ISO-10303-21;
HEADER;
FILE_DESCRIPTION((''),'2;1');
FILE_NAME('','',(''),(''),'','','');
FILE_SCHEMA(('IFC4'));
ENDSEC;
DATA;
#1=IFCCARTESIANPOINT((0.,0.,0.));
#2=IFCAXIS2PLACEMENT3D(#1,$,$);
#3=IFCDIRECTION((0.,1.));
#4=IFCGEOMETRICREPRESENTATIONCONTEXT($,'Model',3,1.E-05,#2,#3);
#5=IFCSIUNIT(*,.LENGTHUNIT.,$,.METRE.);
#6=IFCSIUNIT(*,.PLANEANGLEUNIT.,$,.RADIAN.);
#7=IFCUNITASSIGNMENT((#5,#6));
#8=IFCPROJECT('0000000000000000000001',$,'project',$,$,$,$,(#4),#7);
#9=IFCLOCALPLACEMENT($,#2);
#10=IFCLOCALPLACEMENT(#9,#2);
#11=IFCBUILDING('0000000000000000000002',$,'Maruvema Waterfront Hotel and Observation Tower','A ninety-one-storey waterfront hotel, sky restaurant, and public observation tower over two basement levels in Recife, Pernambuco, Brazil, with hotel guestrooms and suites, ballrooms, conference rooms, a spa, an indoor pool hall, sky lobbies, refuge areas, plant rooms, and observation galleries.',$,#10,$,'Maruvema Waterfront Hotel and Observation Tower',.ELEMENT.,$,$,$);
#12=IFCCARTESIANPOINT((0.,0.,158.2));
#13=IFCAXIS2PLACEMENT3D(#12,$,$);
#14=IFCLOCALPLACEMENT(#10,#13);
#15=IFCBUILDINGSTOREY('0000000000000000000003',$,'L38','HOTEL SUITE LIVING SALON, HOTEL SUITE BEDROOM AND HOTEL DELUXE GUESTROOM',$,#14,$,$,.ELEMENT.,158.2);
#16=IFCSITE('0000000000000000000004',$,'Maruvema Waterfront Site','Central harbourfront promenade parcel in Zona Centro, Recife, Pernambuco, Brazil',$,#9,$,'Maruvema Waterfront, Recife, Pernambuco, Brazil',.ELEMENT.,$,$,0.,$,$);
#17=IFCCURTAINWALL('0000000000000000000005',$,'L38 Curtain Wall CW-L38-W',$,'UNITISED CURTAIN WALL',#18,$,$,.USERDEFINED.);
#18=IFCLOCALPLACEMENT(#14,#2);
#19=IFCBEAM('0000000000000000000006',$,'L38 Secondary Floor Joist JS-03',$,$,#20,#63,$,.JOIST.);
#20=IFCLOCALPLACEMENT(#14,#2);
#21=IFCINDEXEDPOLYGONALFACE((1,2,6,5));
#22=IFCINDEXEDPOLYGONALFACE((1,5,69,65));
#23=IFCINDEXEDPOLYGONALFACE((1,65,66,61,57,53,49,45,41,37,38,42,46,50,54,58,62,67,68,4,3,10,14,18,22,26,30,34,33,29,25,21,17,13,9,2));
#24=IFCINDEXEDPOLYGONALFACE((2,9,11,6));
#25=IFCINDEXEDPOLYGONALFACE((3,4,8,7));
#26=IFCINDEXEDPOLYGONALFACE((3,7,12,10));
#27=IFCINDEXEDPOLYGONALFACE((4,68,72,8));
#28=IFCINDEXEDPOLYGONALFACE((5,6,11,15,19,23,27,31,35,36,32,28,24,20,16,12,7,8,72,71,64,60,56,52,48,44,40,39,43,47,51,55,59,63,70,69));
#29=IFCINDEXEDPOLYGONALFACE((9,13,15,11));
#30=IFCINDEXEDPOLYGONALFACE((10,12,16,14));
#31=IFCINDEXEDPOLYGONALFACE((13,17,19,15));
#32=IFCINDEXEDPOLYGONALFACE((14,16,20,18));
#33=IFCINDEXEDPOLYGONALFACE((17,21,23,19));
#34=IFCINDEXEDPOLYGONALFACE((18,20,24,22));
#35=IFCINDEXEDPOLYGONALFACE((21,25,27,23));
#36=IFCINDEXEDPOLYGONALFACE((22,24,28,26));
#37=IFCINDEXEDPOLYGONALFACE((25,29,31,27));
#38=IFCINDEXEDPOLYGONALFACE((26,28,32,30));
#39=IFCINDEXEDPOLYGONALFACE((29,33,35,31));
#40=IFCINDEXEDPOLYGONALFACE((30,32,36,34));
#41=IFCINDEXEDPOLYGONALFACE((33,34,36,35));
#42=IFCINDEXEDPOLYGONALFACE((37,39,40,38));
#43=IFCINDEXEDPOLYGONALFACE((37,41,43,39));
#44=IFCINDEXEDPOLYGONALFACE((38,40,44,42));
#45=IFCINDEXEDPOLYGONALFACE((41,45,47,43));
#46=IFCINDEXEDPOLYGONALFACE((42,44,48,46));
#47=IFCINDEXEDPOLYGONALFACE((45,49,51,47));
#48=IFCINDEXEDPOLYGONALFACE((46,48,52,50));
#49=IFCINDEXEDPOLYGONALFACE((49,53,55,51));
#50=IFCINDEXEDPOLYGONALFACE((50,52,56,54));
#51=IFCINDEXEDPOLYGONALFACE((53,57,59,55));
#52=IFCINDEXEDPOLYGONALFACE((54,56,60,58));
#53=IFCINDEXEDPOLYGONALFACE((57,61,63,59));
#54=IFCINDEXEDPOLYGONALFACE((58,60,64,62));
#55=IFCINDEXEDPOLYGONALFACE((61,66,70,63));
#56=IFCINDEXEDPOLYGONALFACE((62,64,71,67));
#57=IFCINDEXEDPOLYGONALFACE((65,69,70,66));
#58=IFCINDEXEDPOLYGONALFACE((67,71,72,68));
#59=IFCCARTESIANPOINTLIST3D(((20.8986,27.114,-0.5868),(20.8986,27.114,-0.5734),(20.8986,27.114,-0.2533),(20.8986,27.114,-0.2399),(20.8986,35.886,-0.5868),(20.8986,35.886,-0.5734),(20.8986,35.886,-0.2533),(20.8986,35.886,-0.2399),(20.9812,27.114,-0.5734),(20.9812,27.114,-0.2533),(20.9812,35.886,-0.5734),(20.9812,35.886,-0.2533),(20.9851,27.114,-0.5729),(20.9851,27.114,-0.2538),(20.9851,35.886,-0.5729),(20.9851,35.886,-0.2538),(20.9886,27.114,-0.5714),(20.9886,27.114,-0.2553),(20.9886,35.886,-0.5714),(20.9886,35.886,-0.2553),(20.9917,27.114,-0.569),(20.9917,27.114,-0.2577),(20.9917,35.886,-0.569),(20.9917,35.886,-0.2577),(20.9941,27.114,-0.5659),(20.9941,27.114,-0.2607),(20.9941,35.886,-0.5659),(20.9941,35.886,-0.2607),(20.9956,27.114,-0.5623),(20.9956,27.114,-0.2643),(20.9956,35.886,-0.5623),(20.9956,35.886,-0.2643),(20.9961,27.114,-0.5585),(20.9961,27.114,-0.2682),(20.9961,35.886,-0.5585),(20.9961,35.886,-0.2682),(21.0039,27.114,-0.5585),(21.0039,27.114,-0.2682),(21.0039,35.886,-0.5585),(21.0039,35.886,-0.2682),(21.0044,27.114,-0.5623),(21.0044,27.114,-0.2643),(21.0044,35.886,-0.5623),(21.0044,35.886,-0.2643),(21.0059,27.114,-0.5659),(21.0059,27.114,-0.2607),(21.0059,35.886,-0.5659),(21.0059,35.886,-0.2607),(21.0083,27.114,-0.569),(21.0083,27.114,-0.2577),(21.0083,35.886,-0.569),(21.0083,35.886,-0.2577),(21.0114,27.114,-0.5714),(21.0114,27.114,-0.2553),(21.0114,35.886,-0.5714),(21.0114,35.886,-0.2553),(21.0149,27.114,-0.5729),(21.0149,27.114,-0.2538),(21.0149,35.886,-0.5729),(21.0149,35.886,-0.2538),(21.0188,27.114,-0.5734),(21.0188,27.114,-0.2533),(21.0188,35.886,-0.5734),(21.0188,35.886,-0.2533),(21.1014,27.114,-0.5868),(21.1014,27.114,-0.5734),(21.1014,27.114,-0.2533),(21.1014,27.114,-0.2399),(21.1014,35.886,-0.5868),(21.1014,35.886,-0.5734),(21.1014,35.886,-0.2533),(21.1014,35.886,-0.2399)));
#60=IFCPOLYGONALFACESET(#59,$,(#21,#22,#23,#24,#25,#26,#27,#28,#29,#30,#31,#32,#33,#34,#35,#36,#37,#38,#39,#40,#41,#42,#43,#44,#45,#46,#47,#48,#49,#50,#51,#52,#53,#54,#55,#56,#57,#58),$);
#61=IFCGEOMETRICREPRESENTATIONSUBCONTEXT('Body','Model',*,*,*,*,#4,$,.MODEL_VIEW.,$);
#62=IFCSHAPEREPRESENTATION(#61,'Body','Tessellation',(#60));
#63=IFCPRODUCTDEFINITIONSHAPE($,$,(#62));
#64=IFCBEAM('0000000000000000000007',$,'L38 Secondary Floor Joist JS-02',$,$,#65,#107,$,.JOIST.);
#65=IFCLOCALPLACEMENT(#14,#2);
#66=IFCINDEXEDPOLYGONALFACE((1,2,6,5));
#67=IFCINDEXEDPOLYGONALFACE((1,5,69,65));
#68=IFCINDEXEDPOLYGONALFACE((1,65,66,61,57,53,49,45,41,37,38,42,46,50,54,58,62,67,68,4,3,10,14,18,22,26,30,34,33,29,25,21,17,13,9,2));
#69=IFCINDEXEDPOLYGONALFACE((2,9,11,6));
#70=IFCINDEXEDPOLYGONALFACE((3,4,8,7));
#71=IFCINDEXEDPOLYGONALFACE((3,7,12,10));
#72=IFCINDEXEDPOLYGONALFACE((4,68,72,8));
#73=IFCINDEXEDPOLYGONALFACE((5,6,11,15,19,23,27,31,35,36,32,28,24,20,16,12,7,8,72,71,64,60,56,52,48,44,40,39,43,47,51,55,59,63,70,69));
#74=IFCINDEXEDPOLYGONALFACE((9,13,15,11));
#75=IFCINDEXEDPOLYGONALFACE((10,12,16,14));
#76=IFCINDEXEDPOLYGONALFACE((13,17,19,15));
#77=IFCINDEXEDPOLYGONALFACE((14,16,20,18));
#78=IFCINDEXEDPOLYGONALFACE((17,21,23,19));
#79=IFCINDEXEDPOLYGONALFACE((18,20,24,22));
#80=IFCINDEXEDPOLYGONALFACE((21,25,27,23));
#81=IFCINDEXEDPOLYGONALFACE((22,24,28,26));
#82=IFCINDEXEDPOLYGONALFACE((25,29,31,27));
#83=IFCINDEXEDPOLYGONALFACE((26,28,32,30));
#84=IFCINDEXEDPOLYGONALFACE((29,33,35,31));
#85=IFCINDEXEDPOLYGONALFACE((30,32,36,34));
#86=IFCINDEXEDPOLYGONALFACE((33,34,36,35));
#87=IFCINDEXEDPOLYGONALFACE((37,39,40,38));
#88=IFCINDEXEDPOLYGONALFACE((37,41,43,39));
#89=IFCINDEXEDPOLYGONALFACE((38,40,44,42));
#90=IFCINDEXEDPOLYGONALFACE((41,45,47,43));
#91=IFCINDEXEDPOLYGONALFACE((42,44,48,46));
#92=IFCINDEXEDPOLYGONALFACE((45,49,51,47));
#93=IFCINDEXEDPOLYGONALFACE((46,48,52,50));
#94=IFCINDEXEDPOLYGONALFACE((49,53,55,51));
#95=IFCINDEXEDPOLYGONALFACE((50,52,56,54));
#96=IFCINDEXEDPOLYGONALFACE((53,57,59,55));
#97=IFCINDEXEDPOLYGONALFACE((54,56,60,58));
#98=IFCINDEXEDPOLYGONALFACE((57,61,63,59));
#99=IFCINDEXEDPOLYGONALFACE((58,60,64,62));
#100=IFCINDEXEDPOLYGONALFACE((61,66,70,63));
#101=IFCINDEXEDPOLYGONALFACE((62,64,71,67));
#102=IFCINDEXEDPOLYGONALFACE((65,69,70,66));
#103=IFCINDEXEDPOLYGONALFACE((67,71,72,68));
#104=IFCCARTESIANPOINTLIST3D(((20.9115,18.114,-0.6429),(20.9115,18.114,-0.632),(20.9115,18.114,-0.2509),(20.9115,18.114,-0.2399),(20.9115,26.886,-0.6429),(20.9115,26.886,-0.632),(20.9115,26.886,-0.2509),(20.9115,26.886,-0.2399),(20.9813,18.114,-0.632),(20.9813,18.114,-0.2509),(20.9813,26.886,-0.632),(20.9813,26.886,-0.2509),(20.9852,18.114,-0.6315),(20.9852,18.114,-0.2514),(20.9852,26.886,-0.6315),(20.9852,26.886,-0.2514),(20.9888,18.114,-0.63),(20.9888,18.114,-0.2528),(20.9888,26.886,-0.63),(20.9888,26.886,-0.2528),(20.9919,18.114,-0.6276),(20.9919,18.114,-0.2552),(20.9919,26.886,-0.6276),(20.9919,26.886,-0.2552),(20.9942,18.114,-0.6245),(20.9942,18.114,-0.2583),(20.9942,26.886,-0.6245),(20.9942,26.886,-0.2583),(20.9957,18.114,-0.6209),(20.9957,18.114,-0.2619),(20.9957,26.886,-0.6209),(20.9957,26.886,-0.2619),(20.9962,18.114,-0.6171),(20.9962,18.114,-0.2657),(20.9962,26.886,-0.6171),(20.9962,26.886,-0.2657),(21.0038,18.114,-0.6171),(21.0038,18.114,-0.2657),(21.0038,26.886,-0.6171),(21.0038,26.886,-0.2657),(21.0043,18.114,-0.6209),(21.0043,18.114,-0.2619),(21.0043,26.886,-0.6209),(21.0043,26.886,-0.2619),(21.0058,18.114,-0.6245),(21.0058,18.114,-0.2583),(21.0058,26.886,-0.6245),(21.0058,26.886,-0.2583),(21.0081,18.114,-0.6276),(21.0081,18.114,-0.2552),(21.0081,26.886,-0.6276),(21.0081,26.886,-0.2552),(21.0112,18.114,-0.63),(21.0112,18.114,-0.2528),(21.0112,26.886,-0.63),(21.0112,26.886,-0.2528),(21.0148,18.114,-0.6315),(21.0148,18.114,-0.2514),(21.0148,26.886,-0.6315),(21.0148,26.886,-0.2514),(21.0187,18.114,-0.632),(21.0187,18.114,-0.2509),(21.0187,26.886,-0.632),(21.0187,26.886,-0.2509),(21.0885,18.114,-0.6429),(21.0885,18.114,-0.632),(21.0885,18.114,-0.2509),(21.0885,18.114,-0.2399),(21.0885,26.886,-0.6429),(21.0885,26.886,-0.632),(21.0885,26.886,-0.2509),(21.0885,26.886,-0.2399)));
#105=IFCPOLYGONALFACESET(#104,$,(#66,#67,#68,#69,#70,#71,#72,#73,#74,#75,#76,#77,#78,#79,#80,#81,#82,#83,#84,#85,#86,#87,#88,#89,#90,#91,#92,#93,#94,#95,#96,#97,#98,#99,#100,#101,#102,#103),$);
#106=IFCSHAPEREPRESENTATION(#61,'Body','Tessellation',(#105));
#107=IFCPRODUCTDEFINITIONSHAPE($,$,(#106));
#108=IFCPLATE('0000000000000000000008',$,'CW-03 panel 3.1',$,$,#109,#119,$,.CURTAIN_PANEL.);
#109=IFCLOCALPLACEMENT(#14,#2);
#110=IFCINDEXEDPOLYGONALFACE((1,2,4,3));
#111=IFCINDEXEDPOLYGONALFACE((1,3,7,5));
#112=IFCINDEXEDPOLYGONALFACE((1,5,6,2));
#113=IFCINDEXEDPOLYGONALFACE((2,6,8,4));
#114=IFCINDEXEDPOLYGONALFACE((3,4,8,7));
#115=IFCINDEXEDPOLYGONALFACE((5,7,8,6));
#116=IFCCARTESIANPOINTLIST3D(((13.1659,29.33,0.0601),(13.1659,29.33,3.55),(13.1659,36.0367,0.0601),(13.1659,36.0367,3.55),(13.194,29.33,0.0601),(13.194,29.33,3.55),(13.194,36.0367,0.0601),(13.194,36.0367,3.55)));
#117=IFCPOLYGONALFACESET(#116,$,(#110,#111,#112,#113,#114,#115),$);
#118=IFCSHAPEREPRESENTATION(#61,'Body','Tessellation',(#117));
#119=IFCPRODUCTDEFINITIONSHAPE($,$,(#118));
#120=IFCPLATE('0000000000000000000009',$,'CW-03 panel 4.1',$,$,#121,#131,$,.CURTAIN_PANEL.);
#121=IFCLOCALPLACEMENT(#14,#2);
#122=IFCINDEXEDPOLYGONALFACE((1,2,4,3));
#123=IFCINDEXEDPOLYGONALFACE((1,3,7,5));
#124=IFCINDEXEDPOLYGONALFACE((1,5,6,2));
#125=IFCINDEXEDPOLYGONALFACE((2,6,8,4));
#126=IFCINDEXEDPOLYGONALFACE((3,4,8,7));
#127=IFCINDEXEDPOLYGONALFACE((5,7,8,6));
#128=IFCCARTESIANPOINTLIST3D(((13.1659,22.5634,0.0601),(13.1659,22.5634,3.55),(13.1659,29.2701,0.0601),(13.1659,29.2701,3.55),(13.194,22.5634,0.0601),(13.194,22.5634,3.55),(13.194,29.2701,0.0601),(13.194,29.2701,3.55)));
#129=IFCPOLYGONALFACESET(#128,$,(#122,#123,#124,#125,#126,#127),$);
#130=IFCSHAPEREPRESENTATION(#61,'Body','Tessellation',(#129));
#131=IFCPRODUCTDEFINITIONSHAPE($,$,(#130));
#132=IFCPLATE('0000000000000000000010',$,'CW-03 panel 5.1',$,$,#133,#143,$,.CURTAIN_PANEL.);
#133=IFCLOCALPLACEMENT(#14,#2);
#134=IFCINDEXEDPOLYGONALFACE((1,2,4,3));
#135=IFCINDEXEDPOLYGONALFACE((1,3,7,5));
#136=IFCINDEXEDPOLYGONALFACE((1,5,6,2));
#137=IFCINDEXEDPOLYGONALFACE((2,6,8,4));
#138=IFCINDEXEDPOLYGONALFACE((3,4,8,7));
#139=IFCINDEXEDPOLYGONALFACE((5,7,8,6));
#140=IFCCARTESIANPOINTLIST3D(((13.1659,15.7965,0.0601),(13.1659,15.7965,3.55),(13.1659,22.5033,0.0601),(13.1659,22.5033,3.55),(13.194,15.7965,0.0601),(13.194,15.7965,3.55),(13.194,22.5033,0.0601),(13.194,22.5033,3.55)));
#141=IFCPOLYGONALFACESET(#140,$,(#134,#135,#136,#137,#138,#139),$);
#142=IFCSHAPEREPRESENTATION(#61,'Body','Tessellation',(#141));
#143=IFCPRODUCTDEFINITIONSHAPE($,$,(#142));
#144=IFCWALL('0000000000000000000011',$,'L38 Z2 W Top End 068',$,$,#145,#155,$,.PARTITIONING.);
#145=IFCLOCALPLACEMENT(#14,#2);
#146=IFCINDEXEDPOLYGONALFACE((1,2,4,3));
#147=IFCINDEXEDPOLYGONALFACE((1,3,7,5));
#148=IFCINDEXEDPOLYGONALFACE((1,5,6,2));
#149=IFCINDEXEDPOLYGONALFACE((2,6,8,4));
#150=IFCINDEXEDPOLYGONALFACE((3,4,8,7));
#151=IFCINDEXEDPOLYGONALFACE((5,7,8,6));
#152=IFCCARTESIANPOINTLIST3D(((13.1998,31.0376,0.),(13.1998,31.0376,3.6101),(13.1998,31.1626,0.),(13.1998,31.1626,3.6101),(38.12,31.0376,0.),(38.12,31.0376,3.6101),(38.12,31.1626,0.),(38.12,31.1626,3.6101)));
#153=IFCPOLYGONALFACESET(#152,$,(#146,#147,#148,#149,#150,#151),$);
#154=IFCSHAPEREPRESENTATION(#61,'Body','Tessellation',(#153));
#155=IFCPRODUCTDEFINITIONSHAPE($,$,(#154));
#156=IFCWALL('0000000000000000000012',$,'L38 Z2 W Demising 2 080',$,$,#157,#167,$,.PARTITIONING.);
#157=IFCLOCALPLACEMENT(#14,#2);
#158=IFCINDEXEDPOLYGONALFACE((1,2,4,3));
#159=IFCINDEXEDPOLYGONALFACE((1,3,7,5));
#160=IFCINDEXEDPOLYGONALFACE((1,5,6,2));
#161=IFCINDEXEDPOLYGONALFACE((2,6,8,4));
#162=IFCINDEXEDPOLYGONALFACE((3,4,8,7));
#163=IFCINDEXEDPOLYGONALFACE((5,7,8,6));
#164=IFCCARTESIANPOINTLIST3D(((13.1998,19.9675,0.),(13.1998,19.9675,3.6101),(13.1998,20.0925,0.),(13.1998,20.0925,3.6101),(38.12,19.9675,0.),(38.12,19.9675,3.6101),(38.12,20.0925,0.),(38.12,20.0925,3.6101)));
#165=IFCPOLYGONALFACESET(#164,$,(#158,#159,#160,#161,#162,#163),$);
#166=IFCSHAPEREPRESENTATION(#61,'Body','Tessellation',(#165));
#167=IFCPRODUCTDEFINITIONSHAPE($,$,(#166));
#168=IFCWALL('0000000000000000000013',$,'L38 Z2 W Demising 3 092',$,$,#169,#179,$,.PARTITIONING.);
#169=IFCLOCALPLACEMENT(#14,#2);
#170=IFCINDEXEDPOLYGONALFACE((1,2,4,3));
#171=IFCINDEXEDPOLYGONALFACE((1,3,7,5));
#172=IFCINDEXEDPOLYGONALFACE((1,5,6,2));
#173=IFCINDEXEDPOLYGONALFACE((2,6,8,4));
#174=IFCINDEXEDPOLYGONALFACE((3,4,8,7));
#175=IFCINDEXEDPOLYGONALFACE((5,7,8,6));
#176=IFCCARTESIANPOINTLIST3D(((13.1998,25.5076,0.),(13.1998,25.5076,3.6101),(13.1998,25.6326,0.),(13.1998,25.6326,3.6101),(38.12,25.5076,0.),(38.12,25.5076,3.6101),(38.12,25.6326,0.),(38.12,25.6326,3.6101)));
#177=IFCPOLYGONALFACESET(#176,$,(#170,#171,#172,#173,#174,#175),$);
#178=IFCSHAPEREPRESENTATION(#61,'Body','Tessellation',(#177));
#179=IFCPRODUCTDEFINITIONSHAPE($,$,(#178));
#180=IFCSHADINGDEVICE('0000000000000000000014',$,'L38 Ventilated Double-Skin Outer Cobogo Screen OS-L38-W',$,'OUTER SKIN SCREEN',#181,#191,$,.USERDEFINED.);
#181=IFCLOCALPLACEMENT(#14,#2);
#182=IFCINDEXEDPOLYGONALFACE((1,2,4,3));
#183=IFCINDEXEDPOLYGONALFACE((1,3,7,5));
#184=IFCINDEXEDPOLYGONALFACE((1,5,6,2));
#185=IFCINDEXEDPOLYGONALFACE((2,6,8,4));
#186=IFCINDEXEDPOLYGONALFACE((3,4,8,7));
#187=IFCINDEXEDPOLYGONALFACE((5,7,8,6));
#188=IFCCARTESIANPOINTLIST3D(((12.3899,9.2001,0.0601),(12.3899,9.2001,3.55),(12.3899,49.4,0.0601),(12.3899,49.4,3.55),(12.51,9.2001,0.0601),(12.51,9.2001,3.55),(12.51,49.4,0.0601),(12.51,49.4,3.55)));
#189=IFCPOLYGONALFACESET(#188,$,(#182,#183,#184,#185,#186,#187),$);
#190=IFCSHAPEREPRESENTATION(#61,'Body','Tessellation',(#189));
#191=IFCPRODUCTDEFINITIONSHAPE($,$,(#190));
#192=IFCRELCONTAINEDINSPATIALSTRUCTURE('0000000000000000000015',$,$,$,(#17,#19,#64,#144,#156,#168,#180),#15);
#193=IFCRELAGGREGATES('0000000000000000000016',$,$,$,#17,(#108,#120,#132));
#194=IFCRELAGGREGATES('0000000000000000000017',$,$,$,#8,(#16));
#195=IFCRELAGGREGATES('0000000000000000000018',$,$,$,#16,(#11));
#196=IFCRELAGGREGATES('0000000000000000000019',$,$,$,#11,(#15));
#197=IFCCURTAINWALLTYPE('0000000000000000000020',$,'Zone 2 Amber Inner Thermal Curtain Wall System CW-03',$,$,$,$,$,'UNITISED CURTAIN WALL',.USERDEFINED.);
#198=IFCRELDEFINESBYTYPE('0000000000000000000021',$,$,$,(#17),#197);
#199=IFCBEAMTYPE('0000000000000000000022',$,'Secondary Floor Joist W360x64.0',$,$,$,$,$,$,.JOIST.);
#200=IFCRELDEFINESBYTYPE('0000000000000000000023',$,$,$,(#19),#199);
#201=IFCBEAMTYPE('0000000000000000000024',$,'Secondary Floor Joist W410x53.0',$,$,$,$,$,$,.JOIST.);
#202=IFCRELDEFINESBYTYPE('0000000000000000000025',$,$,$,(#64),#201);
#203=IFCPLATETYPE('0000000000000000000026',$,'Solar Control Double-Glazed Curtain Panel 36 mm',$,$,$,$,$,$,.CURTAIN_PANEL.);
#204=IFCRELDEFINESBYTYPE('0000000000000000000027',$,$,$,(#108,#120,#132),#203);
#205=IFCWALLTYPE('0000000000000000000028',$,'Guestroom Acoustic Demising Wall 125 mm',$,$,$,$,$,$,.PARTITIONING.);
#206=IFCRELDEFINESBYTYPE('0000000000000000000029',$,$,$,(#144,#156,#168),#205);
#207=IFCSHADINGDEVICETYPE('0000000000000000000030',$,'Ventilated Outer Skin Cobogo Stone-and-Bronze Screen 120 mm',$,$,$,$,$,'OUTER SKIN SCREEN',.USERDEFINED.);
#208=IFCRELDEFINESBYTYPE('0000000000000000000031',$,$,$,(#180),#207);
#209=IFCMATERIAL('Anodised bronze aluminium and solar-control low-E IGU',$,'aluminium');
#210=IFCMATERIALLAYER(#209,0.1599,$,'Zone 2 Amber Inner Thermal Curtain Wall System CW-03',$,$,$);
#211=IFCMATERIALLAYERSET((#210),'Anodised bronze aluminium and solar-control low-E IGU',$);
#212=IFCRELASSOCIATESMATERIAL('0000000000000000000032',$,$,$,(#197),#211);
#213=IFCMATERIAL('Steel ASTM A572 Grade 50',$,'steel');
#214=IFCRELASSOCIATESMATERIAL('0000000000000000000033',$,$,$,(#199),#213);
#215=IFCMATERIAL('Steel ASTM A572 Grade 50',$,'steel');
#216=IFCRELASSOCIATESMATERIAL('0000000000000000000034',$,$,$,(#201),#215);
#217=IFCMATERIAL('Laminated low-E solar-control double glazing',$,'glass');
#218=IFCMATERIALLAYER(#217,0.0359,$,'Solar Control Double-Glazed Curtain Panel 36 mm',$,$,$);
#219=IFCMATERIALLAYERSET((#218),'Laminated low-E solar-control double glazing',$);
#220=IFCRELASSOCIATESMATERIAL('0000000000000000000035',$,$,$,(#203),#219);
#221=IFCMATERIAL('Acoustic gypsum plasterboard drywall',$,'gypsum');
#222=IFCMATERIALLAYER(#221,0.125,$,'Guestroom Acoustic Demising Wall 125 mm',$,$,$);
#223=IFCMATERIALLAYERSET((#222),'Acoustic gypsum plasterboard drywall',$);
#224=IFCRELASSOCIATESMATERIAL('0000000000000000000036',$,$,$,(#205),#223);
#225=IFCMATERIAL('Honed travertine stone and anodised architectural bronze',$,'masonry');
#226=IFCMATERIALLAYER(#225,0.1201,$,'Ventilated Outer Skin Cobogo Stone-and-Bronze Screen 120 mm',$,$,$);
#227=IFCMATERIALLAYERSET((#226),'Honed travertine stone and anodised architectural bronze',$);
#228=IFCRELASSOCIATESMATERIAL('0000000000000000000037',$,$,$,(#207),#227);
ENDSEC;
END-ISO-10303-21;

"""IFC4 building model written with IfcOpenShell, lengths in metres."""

from ifc_helpers import new_model, si_unit, direction, frame, frame_2d, origin, origin_2d, place, context, subcontext, project, spatial, rectangle, i_section, extrude, material, layer, layer_set, material_profile, profile_set, type_object, element, aggregate, save


model = new_model("IFC4")

# Units and contexts
model_context = context("Model", 3, precision=1e-05, world=origin(), true_north=direction((0.0, 1.0)))
body_context = subcontext(model_context, "Body", "Model", "MODEL_VIEW")
ifc_project = project(units=[si_unit("LENGTHUNIT", "METRE"), si_unit("PLANEANGLEUNIT", "RADIAN")], contexts=[model_context])

# Site, building, storey
site_placement = place(None, origin())
site = spatial("IfcSite", under=ifc_project, at=site_placement, Name="Maruvema Waterfront Site", Description="Central harbourfront promenade parcel in Zona Centro, Recife, Pernambuco, Brazil", LongName="Maruvema Waterfront, Recife, Pernambuco, Brazil", CompositionType="ELEMENT", RefElevation=0.0)
building_placement = place(site_placement, origin())
building = spatial("IfcBuilding", under=site, at=building_placement, Name="Maruvema Waterfront Hotel and Observation Tower", Description="A ninety-one-storey waterfront hotel, sky restaurant, and public observation tower over two basement levels in Recife, Pernambuco, Brazil, with hotel guestrooms and suites, ballrooms, conference rooms, a spa, an indoor pool hall, sky lobbies, refuge areas, plant rooms, and observation galleries.", LongName="Maruvema Waterfront Hotel and Observation Tower", CompositionType="ELEMENT")
storey_placement = place(building_placement, frame((0.0, 0.0, 158.2)))
storey = spatial("IfcBuildingStorey", under=building, at=storey_placement, Name="L38", Description="HOTEL SUITE LIVING SALON, HOTEL SUITE BEDROOM AND HOTEL DELUXE GUESTROOM", CompositionType="ELEMENT", Elevation=158.2)

# Curtain wall
ifc_material_1 = material(Name="Anodised bronze aluminium and solar-control low-E IGU", Category="aluminium")
ifc_layer_1 = layer(ifc_material_1, 0.1599, Name="Zone 2 Amber Inner Thermal Curtain Wall System CW-03")
ifc_layer_set_1 = layer_set([ifc_layer_1], Name="Anodised bronze aluminium and solar-control low-E IGU")
curtain_wall_type = type_object("IfcCurtainWallType", Name="Zone 2 Amber Inner Thermal Curtain Wall System CW-03", ElementType="UNITISED CURTAIN WALL", PredefinedType="USERDEFINED", material=ifc_layer_set_1)
curtain_wall_placement = place(storey_placement, origin())
curtain_wall = element("IfcCurtainWall", 1, at=curtain_wall_placement, inside=storey, type_object=curtain_wall_type, Name="L38 Curtain Wall CW-L38-W", ObjectType="UNITISED CURTAIN WALL", PredefinedType="USERDEFINED")

# Beams
ifc_material_2 = material(Name="Steel ASTM A572 Grade 50", Category="steel")
ifc_material_profile_1 = material_profile(ifc_material_2, i_section(OverallWidth=0.2029, OverallDepth=0.3469, WebThickness=0.0078, FlangeThickness=0.0134, FilletRadius=0.0149, at=origin_2d()), Name="W360x64.0")
ifc_profile_set_1 = profile_set([ifc_material_profile_1], Name="Steel ASTM A572 Grade 50")
beam_type_1 = type_object("IfcBeamType", Name="Secondary Floor Joist W360x64.0", PredefinedType="JOIST", material=ifc_profile_set_1)
beam_1_placement = place(storey_placement, frame((21.0, 27.114, -0.4133), z_axis=(0.0, 1.0, 0.0), x_axis=(-1.0, 0.0, 0.0)))
element("IfcBeam", 2, at=beam_1_placement, inside=storey, type_object=beam_type_1, Name="L38 Secondary Floor Joist JS-03", PredefinedType="JOIST", context=body_context, shape_type="SweptSolid", body=[
    extrude(i_section(OverallWidth=0.2029, OverallDepth=0.3469, WebThickness=0.0078, FlangeThickness=0.0134, FilletRadius=0.0149, at=origin_2d()), origin(), (0.0, 0.0, 1.0), 8.772),
])
ifc_material_3 = material(Name="Steel ASTM A572 Grade 50", Category="steel")
ifc_material_profile_2 = material_profile(ifc_material_3, i_section(OverallWidth=0.177, OverallDepth=0.4031, WebThickness=0.0076, FlangeThickness=0.011, FilletRadius=0.0149, at=origin_2d()), Name="W410x53.0")
ifc_profile_set_2 = profile_set([ifc_material_profile_2], Name="Steel ASTM A572 Grade 50")
beam_type_2 = type_object("IfcBeamType", Name="Secondary Floor Joist W410x53.0", PredefinedType="JOIST", material=ifc_profile_set_2)
beam_2_placement = place(storey_placement, frame((21.0, 18.114, -0.4414), z_axis=(0.0, 1.0, 0.0), x_axis=(-1.0, 0.0, 0.0)))
element("IfcBeam", 3, at=beam_2_placement, inside=storey, type_object=beam_type_2, Name="L38 Secondary Floor Joist JS-02", PredefinedType="JOIST", context=body_context, shape_type="SweptSolid", body=[
    extrude(i_section(OverallWidth=0.177, OverallDepth=0.4031, WebThickness=0.0076, FlangeThickness=0.011, FilletRadius=0.0149, at=origin_2d()), origin(), (0.0, 0.0, 1.0), 8.772),
])

# Plates
ifc_material_4 = material(Name="Laminated low-E solar-control double glazing", Category="glass")
ifc_layer_2 = layer(ifc_material_4, 0.0359, Name="Solar Control Double-Glazed Curtain Panel 36 mm")
ifc_layer_set_2 = layer_set([ifc_layer_2], Name="Laminated low-E solar-control double glazing")
plate_type = type_object("IfcPlateType", Name="Solar Control Double-Glazed Curtain Panel 36 mm", PredefinedType="CURTAIN_PANEL", material=ifc_layer_set_2)
plate_1_placement = place(storey_placement, frame((13.1799, 32.6833, 0.0601), z_axis=(0.0, 0.0, 1.0), x_axis=(0.0, -1.0, 0.0)))
plate_1 = element("IfcPlate", 4, at=plate_1_placement, type_object=plate_type, Name="CW-03 panel 3.1", PredefinedType="CURTAIN_PANEL", context=body_context, shape_type="SweptSolid", body=[
    extrude(rectangle(XDim=6.7068, YDim=0.0281, at=origin_2d()), origin(), (0.0, 0.0, 1.0), 3.49),
])
plate_2_placement = place(storey_placement, frame((13.1799, 25.9167, 0.0601), z_axis=(0.0, 0.0, 1.0), x_axis=(0.0, -1.0, 0.0)))
plate_2 = element("IfcPlate", 5, at=plate_2_placement, type_object=plate_type, Name="CW-03 panel 4.1", PredefinedType="CURTAIN_PANEL", context=body_context, shape_type="SweptSolid", body=[
    extrude(rectangle(XDim=6.7068, YDim=0.0281, at=origin_2d()), origin(), (0.0, 0.0, 1.0), 3.49),
])
plate_3_placement = place(storey_placement, frame((13.1799, 19.1499, 0.0601), z_axis=(0.0, 0.0, 1.0), x_axis=(0.0, -1.0, 0.0)))
plate_3 = element("IfcPlate", 6, at=plate_3_placement, type_object=plate_type, Name="CW-03 panel 5.1", PredefinedType="CURTAIN_PANEL", context=body_context, shape_type="SweptSolid", body=[
    extrude(rectangle(XDim=6.7068, YDim=0.0281, at=origin_2d()), origin(), (0.0, 0.0, 1.0), 3.49),
])
aggregate(curtain_wall, [plate_1, plate_2, plate_3])

# Walls
ifc_material_5 = material(Name="Acoustic gypsum plasterboard drywall", Category="gypsum")
ifc_layer_3 = layer(ifc_material_5, 0.125, Name="Guestroom Acoustic Demising Wall 125 mm")
ifc_layer_set_3 = layer_set([ifc_layer_3], Name="Acoustic gypsum plasterboard drywall")
wall_type = type_object("IfcWallType", Name="Guestroom Acoustic Demising Wall 125 mm", PredefinedType="PARTITIONING", material=ifc_layer_set_3)
for number, where, z_axis, x_axis, name in (
    (7, (13.2, 31.1001, 0.0), (0.0, 0.0, 1.0), (1.0, 0.0, 0.0), "L38 Z2 W Top End 068"),
    (8, (13.2, 20.03, 0.0), (0.0, 0.0, 1.0), (1.0, 0.0, 0.0), "L38 Z2 W Demising 2 080"),
    (9, (13.2, 25.5701, 0.0), (0.0, 0.0, 1.0), (1.0, 0.0, 0.0), "L38 Z2 W Demising 3 092"),
):
    element("IfcWall", number, at=place(storey_placement, frame(where, z_axis=z_axis, x_axis=x_axis)), inside=storey, type_object=wall_type, Name=name, PredefinedType="PARTITIONING", context=body_context, shape_type="SweptSolid", body=[
        extrude(rectangle(XDim=24.9202, YDim=0.125, at=frame_2d((12.46, 0.0))), origin(), (0.0, 0.0, 1.0), 3.6101),
    ])

# Shading device
ifc_material_6 = material(Name="Honed travertine stone and anodised architectural bronze", Category="masonry")
ifc_layer_4 = layer(ifc_material_6, 0.1201, Name="Ventilated Outer Skin Cobogo Stone-and-Bronze Screen 120 mm")
ifc_layer_set_4 = layer_set([ifc_layer_4], Name="Honed travertine stone and anodised architectural bronze")
shading_device_type = type_object("IfcShadingDeviceType", Name="Ventilated Outer Skin Cobogo Stone-and-Bronze Screen 120 mm", ElementType="OUTER SKIN SCREEN", PredefinedType="USERDEFINED", material=ifc_layer_set_4)
shading_device_placement = place(storey_placement, frame((12.45, 29.3, 0.0601), z_axis=(0.0, 0.0, 1.0), x_axis=(0.0, -1.0, 0.0)))
element("IfcShadingDevice", 10, at=shading_device_placement, inside=storey, type_object=shading_device_type, Name="L38 Ventilated Double-Skin Outer Cobogo Screen OS-L38-W", ObjectType="OUTER SKIN SCREEN", PredefinedType="USERDEFINED", context=body_context, shape_type="SweptSolid", body=[
    extrude(rectangle(XDim=40.2, YDim=0.1201, at=origin_2d()), origin(), (0.0, 0.0, 1.0), 3.49),
])

save(model, "model.ifc")
